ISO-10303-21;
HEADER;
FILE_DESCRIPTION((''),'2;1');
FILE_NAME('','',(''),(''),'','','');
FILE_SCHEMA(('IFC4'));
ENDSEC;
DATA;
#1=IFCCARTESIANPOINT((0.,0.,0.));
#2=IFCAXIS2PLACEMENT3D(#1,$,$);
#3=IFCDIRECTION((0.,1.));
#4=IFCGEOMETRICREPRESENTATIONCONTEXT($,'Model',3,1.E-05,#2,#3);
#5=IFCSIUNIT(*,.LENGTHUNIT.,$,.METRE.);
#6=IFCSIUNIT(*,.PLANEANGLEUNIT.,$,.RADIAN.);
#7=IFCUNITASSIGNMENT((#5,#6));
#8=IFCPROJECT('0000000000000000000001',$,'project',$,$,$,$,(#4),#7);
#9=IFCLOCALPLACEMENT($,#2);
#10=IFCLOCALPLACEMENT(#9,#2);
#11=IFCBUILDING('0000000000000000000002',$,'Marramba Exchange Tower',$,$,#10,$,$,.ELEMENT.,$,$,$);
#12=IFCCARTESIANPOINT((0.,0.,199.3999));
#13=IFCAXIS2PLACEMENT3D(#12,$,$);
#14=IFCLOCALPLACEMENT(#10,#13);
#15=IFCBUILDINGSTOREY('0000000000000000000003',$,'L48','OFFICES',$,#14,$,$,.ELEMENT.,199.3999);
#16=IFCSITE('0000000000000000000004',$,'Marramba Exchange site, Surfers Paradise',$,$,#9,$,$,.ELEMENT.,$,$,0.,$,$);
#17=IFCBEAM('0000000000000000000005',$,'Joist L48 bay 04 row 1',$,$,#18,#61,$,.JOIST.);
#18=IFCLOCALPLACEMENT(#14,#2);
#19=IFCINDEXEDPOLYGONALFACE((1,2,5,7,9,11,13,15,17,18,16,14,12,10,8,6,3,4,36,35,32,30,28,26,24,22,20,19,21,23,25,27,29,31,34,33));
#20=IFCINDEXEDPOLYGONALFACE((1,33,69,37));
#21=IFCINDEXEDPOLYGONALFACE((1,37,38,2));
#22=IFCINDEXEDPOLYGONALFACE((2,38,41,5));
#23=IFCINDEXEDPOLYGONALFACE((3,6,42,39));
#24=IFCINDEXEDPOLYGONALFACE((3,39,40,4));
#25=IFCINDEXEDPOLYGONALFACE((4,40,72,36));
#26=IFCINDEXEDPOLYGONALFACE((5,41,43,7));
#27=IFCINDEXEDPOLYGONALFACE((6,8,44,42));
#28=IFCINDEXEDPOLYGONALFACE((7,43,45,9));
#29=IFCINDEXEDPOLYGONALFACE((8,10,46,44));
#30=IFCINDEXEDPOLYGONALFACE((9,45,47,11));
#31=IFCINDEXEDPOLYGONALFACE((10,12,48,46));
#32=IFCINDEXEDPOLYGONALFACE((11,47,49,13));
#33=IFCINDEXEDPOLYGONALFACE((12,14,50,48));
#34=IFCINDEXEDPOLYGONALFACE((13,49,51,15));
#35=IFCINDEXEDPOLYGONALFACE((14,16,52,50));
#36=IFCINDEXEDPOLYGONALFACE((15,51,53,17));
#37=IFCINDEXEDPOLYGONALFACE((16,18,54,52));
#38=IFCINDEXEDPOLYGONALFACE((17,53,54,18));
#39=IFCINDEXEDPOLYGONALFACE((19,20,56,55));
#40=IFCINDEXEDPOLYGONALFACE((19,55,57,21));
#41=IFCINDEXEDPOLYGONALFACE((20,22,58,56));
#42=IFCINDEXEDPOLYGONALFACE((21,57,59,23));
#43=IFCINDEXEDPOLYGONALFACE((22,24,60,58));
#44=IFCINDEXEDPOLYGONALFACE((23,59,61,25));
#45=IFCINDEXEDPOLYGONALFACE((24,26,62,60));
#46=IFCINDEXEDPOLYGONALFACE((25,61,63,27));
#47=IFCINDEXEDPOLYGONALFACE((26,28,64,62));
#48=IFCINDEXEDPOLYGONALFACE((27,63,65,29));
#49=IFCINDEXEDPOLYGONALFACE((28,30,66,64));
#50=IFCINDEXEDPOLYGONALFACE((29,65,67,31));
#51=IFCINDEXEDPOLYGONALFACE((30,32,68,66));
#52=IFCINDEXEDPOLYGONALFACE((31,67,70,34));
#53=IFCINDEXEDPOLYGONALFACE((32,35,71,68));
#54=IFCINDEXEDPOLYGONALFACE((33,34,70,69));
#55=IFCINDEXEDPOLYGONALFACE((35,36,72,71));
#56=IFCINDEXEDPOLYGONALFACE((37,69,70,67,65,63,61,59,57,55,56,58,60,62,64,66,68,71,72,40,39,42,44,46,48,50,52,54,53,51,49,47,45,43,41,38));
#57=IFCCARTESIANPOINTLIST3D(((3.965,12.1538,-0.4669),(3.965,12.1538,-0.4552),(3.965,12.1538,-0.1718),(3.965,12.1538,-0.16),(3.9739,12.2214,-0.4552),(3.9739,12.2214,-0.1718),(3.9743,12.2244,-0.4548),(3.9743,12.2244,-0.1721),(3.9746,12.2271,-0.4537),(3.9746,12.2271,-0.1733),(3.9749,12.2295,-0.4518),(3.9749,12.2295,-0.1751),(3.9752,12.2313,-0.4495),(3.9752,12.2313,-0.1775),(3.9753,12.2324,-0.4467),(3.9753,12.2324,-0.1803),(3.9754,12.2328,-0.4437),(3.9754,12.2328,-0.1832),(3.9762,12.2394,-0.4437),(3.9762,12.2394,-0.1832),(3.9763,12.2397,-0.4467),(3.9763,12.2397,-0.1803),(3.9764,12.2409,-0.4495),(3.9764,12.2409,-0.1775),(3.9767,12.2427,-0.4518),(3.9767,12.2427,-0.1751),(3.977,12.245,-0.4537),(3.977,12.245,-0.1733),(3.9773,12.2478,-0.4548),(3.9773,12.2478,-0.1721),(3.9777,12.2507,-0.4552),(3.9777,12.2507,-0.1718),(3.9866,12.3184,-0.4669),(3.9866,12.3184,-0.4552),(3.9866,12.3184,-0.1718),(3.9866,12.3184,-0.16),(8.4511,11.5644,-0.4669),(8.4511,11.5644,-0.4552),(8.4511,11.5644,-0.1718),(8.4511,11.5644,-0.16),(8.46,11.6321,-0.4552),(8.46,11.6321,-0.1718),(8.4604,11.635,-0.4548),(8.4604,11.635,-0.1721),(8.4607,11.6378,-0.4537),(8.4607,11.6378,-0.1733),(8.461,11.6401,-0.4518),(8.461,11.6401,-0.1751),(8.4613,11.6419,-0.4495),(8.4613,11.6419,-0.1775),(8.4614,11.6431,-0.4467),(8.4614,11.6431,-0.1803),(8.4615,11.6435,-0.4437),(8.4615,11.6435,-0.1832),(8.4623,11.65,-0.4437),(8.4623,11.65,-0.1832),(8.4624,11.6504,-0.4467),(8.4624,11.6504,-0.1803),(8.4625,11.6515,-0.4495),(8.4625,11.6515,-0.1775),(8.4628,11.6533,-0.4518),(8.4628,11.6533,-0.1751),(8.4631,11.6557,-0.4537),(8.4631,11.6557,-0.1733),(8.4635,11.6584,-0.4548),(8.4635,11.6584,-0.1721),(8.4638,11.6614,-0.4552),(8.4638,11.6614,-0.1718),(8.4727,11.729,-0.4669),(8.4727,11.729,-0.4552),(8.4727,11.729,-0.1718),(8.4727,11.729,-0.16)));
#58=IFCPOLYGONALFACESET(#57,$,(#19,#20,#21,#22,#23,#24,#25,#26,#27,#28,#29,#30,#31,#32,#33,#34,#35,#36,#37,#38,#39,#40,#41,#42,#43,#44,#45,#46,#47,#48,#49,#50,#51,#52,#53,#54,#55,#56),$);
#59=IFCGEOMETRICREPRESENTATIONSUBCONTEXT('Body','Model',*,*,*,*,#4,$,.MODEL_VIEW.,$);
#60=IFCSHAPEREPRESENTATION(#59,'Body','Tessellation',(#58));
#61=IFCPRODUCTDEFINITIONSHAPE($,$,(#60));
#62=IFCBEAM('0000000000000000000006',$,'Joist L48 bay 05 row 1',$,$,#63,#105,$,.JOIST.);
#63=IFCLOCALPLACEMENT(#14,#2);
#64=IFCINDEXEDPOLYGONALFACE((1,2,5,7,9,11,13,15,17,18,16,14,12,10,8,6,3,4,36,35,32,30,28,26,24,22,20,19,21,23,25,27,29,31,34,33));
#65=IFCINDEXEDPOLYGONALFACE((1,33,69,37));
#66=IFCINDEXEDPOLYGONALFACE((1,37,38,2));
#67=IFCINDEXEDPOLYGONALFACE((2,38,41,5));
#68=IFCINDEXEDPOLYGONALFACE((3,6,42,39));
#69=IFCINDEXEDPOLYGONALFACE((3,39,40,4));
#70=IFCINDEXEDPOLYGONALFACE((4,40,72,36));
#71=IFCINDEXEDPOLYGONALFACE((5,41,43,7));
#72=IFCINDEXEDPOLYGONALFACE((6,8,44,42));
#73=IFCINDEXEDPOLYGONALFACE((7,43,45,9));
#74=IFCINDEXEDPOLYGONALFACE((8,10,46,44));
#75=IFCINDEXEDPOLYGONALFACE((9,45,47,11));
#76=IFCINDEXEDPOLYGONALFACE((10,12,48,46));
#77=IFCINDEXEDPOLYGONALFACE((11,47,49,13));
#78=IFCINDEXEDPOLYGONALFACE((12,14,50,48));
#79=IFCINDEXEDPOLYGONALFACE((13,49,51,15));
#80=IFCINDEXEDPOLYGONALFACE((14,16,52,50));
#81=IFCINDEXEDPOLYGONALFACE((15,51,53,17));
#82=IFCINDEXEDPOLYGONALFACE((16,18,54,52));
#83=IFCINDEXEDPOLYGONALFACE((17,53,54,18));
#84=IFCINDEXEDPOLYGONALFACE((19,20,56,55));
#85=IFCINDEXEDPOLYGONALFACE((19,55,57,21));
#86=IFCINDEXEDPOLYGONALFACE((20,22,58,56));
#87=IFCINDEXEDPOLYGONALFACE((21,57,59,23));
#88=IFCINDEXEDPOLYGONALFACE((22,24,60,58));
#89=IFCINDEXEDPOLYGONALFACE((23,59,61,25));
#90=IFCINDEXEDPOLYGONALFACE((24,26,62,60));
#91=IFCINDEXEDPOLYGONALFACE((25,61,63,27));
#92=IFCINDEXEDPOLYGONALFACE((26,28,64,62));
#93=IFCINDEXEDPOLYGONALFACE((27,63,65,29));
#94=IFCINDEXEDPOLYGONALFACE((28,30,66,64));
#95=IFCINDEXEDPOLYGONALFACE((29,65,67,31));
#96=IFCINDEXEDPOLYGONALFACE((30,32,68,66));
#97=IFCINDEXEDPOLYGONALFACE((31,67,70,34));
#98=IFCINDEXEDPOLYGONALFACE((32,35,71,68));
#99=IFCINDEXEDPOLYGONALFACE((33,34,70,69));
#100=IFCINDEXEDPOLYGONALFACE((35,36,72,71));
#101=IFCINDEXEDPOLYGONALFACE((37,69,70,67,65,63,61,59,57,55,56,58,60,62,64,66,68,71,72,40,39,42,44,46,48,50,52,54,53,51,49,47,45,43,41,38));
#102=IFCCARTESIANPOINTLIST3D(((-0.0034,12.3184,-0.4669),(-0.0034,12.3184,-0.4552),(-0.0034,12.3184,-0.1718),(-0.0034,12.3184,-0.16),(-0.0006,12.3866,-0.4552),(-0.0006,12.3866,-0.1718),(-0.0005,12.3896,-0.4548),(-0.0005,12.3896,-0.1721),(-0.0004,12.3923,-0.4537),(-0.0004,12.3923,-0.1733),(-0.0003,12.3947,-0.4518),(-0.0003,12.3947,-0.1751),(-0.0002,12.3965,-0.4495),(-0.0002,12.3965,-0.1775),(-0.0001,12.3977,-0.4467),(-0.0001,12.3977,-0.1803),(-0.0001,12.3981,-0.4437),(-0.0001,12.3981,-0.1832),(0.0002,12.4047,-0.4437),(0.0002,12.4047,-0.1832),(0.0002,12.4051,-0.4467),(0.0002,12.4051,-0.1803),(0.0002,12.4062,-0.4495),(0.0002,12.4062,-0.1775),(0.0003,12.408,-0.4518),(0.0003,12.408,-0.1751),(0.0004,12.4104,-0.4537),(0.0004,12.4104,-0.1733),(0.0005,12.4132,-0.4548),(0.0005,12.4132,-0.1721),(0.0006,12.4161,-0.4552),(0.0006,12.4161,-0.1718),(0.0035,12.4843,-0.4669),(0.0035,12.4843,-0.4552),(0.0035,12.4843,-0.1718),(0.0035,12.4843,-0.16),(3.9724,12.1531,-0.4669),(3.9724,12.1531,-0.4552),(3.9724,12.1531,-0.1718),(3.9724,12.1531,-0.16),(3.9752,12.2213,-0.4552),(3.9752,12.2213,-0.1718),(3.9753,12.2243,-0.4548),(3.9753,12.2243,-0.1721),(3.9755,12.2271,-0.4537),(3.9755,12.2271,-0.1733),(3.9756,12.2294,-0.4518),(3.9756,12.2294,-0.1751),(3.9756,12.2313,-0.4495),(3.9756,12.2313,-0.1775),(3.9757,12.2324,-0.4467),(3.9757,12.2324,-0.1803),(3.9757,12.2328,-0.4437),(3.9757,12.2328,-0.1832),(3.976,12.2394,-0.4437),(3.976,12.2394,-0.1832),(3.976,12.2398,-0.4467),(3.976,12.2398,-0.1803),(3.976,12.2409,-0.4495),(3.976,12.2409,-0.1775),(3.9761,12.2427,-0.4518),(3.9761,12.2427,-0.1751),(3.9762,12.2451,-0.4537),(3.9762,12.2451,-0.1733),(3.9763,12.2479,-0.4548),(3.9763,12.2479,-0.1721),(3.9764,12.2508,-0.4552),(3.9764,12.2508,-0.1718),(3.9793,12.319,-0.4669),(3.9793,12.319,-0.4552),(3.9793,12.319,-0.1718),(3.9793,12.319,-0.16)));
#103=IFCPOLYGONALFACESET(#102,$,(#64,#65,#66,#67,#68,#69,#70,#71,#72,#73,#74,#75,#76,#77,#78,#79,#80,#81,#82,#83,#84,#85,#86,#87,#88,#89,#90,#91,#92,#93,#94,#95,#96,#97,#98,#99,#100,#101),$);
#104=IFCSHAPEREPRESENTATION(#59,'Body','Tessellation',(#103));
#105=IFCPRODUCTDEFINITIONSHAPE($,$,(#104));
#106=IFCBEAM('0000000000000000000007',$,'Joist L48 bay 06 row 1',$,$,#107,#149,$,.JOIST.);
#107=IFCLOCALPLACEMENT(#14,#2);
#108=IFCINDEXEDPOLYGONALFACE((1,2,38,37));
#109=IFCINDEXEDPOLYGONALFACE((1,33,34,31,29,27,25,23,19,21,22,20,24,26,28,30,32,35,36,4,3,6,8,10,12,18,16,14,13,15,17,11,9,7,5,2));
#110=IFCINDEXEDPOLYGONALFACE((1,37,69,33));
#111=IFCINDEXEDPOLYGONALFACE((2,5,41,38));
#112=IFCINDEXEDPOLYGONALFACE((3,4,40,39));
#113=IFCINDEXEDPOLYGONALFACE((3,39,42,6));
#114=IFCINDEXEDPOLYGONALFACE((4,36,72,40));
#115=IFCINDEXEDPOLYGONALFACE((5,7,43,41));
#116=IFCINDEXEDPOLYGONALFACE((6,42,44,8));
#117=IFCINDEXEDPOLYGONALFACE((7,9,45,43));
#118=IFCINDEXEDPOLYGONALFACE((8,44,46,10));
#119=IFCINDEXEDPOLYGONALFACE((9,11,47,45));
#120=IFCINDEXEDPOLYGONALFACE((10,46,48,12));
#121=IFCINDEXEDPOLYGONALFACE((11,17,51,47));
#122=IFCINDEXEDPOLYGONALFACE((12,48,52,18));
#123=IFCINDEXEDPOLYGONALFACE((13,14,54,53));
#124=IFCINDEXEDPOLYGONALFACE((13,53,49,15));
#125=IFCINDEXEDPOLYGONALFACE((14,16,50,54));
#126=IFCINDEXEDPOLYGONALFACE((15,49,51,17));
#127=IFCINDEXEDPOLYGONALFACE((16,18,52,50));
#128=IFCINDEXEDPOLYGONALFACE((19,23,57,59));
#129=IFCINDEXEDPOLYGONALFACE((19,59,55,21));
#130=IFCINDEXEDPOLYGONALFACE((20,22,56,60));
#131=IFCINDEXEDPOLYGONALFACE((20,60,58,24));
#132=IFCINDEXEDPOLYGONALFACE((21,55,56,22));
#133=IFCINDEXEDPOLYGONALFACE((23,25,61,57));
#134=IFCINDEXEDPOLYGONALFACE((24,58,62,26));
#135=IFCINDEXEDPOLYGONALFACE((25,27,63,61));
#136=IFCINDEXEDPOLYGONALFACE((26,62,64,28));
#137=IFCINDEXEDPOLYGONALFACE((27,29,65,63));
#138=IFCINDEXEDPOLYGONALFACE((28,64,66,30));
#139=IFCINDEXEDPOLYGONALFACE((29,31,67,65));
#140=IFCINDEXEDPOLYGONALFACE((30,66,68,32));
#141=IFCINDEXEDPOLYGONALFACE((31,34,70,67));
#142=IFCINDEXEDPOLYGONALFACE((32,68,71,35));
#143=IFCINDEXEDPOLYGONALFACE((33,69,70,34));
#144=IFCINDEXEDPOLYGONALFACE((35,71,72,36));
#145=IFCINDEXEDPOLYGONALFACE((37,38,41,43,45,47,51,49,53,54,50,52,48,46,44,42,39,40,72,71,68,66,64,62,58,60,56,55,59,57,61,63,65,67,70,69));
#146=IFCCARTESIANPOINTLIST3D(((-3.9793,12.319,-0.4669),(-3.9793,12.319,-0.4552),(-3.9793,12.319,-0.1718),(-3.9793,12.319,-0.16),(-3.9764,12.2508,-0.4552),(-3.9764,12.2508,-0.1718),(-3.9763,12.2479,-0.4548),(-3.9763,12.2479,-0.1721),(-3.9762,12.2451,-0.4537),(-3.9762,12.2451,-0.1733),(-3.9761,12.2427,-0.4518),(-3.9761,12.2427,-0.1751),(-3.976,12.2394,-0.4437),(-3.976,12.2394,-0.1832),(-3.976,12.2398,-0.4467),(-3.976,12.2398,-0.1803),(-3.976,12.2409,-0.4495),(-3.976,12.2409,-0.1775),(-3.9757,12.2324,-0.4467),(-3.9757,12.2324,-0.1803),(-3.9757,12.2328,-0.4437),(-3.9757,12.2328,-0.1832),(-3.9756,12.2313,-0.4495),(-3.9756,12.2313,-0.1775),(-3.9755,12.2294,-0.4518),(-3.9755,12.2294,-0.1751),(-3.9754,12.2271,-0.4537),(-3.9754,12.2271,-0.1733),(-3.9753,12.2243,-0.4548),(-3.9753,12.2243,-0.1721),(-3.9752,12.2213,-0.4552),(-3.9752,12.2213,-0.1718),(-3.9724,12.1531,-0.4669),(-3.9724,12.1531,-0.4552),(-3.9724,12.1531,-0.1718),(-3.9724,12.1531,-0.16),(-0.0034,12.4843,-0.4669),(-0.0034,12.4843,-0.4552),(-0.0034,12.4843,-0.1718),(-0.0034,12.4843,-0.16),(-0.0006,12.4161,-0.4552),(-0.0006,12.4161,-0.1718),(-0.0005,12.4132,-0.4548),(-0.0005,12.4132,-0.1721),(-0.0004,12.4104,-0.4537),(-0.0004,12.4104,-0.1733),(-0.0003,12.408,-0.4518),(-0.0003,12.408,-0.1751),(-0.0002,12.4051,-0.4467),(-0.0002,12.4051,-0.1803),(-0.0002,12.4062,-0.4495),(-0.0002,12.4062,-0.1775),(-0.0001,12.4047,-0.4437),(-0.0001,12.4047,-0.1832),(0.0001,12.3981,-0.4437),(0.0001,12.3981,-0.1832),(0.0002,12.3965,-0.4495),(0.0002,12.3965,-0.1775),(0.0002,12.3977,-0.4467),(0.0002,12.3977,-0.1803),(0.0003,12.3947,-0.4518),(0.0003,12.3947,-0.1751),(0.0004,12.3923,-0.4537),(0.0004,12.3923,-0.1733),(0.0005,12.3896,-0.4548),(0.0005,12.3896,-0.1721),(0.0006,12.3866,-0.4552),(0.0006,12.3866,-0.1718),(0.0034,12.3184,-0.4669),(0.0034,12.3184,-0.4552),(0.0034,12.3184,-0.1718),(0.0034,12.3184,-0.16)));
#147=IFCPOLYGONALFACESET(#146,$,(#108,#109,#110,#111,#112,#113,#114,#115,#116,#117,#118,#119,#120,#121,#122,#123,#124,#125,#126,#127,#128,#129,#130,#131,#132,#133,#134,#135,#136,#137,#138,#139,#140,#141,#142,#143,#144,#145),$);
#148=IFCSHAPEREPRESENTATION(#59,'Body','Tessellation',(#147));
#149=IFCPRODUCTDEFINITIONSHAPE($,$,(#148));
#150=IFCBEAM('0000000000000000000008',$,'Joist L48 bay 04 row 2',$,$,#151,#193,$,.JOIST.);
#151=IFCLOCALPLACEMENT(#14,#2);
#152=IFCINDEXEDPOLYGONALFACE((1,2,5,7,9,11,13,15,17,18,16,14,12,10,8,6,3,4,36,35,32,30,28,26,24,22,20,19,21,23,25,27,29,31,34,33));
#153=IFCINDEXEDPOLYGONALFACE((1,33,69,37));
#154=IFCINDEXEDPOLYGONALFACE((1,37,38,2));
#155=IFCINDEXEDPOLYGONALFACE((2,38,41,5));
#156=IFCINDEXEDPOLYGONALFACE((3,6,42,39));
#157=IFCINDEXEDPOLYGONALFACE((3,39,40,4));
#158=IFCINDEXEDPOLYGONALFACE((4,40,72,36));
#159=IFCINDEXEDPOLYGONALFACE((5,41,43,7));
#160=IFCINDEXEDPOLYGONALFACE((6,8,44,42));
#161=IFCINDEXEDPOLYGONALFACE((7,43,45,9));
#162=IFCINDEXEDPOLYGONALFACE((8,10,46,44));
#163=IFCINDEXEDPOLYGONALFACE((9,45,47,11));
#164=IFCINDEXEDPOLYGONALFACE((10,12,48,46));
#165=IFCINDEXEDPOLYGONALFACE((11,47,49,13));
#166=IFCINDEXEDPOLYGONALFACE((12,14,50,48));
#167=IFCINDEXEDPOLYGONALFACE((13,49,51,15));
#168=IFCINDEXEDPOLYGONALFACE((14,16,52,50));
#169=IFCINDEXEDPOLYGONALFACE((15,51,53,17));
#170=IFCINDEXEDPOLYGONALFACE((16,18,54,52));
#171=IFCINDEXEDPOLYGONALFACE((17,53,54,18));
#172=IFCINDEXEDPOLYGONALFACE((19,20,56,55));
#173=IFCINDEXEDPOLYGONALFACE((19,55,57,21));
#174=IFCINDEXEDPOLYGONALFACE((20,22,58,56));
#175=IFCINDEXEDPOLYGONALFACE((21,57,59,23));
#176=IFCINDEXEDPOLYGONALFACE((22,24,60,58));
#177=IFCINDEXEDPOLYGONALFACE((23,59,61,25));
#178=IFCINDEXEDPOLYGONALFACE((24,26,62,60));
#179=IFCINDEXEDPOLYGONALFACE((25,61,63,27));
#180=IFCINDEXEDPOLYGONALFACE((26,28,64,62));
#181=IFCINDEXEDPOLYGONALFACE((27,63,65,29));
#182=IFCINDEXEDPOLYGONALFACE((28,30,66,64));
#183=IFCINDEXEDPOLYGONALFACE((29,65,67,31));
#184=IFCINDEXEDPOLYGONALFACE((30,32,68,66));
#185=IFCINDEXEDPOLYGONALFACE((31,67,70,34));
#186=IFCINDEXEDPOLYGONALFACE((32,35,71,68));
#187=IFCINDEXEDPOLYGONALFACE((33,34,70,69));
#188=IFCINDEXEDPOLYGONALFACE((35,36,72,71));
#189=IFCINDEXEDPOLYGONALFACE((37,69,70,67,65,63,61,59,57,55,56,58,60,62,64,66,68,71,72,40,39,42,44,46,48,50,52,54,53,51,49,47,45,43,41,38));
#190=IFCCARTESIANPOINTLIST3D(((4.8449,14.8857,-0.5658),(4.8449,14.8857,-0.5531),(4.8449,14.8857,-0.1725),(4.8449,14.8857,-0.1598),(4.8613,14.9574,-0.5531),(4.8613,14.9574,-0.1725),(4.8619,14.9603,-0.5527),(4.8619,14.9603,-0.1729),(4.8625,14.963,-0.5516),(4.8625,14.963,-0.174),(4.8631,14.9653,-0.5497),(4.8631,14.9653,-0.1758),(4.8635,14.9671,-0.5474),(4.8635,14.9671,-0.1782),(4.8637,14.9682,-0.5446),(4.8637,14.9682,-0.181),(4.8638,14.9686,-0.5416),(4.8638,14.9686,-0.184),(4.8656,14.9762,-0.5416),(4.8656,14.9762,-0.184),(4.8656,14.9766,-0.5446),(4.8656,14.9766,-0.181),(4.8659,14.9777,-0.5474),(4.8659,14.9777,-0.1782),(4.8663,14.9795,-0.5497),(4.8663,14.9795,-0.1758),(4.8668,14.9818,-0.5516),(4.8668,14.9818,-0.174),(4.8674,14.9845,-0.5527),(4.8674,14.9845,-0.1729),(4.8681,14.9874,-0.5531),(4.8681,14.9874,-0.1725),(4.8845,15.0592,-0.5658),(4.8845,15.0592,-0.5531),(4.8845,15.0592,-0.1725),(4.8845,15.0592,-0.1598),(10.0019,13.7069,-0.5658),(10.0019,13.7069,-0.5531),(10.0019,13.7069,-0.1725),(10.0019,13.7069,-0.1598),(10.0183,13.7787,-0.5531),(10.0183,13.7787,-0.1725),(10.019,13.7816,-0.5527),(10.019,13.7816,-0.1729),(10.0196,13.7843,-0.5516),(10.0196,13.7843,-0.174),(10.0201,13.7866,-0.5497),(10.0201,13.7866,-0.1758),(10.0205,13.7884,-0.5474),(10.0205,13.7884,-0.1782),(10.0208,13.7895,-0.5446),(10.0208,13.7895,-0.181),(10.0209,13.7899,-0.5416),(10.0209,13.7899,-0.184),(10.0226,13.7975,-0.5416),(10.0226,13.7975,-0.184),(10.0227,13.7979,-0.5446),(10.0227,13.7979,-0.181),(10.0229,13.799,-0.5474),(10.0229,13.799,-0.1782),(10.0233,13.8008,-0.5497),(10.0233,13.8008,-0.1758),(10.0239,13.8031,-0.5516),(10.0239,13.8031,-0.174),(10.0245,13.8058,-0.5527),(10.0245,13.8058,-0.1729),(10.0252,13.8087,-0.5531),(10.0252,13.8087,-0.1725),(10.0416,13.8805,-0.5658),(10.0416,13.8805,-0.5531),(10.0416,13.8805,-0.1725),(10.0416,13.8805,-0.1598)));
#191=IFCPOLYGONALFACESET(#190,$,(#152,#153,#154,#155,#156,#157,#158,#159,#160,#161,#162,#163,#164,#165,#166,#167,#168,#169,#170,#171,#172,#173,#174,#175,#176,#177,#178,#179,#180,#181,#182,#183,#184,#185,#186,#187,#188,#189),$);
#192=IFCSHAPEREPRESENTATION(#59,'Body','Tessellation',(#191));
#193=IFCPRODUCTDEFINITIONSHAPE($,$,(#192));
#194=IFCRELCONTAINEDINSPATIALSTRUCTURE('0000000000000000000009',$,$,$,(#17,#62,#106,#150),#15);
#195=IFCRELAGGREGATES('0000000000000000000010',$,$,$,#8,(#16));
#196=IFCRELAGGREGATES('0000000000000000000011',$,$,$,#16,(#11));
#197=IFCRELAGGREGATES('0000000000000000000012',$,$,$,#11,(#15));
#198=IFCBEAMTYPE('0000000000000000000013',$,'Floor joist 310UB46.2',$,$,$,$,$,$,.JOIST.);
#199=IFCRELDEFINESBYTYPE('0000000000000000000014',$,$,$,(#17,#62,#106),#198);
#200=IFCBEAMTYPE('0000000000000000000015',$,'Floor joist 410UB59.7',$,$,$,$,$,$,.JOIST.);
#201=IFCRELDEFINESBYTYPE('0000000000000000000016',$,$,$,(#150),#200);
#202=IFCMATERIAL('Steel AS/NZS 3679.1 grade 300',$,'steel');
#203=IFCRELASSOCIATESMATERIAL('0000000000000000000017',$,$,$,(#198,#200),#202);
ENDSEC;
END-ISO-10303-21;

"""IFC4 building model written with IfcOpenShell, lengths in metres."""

from ifc_helpers import new_model, si_unit, direction, frame, origin, origin_2d, place, context, subcontext, project, spatial, i_section, extrude, material, material_profile, profile_set, type_object, element, save


model = new_model("IFC4")

# Units and contexts
model_context = context("Model", 3, precision=1e-05, world=origin(), true_north=direction((0.0, 1.0)))
body_context = subcontext(model_context, "Body", "Model", "MODEL_VIEW")
ifc_project = project(units=[si_unit("LENGTHUNIT", "METRE"), si_unit("PLANEANGLEUNIT", "RADIAN")], contexts=[model_context])

# Site, building, storey
site_placement = place(None, origin())
site = spatial("IfcSite", under=ifc_project, at=site_placement, Name="Marramba Exchange site, Surfers Paradise", CompositionType="ELEMENT", RefElevation=0.0)
building_placement = place(site_placement, origin())
building = spatial("IfcBuilding", under=site, at=building_placement, Name="Marramba Exchange Tower", CompositionType="ELEMENT")
storey_placement = place(building_placement, frame((0.0, 0.0, 199.3999)))
storey = spatial("IfcBuildingStorey", under=building, at=storey_placement, Name="L48", Description="OFFICES", CompositionType="ELEMENT", Elevation=199.3999)

# Beams
ifc_material_1 = material(Name="Steel AS/NZS 3679.1 grade 300", Category="steel")
ifc_material_profile_1 = material_profile(ifc_material_1, i_section(OverallWidth=0.166, OverallDepth=0.3069, WebThickness=0.0066, FlangeThickness=0.0117, FilletRadius=0.0115, at=origin_2d()), Name="310UB46.2")
ifc_profile_set_1 = profile_set([ifc_material_profile_1], Name="Steel AS/NZS 3679.1 grade 300")
beam_type_1 = type_object("IfcBeamType", Name="Floor joist 310UB46.2", PredefinedType="JOIST", material=ifc_profile_set_1)
beam_1_placement = place(storey_placement, frame((8.4619, 11.6467, -0.3135), z_axis=(-0.991481, 0.130255, 0.0), x_axis=(-0.130255, -0.991481, 0.0)))
element("IfcBeam", 1, at=beam_1_placement, inside=storey, type_object=beam_type_1, Name="Joist L48 bay 04 row 1", PredefinedType="JOIST", context=body_context, shape_type="SweptSolid", body=[
    extrude(i_section(OverallWidth=0.166, OverallDepth=0.3069, WebThickness=0.0066, FlangeThickness=0.0117, FilletRadius=0.0115, at=origin_2d()), origin(), (0.0, 0.0, 1.0), 4.5247),
])
for number, where, z_axis, x_axis, name in (
    (2, (3.9758, 12.2361, -0.3135), (-0.999137, 0.041536, 0.0), (-0.041536, -0.999137, 0.0), "Joist L48 bay 05 row 1"),
    (3, (0.0, 12.4014, -0.3135), (-0.999137, -0.041536, 0.0), (0.041536, -0.999137, 0.0), "Joist L48 bay 06 row 1"),
):
    element("IfcBeam", number, at=place(storey_placement, frame(where, z_axis=z_axis, x_axis=x_axis)), inside=storey, type_object=beam_type_1, Name=name, PredefinedType="JOIST", context=body_context, shape_type="SweptSolid", body=[
        extrude(i_section(OverallWidth=0.166, OverallDepth=0.3069, WebThickness=0.0066, FlangeThickness=0.0117, FilletRadius=0.0115, at=origin_2d()), origin(), (0.0, 0.0, 1.0), 3.9792),
    ])
ifc_material_profile_2 = material_profile(ifc_material_1, i_section(OverallWidth=0.178, OverallDepth=0.406, WebThickness=0.0078, FlangeThickness=0.0127, FilletRadius=0.0115, at=origin_2d()), Name="410UB59.7")
ifc_profile_set_2 = profile_set([ifc_material_profile_2], Name="Steel AS/NZS 3679.1 grade 300")
beam_type_2 = type_object("IfcBeamType", Name="Floor joist 410UB59.7", PredefinedType="JOIST", material=ifc_profile_set_2)
beam_2_placement = place(storey_placement, frame((10.0217, 13.7937, -0.3628), z_axis=(-0.97486, 0.22282, 0.0), x_axis=(-0.22282, -0.97486, 0.0)))
element("IfcBeam", 4, at=beam_2_placement, inside=storey, type_object=beam_type_2, Name="Joist L48 bay 04 row 2", PredefinedType="JOIST", context=body_context, shape_type="SweptSolid", body=[
    extrude(i_section(OverallWidth=0.178, OverallDepth=0.406, WebThickness=0.0078, FlangeThickness=0.0127, FilletRadius=0.0115, at=origin_2d()), origin(), (0.0, 0.0, 1.0), 5.29),
])

save(model, "model.ifc")
